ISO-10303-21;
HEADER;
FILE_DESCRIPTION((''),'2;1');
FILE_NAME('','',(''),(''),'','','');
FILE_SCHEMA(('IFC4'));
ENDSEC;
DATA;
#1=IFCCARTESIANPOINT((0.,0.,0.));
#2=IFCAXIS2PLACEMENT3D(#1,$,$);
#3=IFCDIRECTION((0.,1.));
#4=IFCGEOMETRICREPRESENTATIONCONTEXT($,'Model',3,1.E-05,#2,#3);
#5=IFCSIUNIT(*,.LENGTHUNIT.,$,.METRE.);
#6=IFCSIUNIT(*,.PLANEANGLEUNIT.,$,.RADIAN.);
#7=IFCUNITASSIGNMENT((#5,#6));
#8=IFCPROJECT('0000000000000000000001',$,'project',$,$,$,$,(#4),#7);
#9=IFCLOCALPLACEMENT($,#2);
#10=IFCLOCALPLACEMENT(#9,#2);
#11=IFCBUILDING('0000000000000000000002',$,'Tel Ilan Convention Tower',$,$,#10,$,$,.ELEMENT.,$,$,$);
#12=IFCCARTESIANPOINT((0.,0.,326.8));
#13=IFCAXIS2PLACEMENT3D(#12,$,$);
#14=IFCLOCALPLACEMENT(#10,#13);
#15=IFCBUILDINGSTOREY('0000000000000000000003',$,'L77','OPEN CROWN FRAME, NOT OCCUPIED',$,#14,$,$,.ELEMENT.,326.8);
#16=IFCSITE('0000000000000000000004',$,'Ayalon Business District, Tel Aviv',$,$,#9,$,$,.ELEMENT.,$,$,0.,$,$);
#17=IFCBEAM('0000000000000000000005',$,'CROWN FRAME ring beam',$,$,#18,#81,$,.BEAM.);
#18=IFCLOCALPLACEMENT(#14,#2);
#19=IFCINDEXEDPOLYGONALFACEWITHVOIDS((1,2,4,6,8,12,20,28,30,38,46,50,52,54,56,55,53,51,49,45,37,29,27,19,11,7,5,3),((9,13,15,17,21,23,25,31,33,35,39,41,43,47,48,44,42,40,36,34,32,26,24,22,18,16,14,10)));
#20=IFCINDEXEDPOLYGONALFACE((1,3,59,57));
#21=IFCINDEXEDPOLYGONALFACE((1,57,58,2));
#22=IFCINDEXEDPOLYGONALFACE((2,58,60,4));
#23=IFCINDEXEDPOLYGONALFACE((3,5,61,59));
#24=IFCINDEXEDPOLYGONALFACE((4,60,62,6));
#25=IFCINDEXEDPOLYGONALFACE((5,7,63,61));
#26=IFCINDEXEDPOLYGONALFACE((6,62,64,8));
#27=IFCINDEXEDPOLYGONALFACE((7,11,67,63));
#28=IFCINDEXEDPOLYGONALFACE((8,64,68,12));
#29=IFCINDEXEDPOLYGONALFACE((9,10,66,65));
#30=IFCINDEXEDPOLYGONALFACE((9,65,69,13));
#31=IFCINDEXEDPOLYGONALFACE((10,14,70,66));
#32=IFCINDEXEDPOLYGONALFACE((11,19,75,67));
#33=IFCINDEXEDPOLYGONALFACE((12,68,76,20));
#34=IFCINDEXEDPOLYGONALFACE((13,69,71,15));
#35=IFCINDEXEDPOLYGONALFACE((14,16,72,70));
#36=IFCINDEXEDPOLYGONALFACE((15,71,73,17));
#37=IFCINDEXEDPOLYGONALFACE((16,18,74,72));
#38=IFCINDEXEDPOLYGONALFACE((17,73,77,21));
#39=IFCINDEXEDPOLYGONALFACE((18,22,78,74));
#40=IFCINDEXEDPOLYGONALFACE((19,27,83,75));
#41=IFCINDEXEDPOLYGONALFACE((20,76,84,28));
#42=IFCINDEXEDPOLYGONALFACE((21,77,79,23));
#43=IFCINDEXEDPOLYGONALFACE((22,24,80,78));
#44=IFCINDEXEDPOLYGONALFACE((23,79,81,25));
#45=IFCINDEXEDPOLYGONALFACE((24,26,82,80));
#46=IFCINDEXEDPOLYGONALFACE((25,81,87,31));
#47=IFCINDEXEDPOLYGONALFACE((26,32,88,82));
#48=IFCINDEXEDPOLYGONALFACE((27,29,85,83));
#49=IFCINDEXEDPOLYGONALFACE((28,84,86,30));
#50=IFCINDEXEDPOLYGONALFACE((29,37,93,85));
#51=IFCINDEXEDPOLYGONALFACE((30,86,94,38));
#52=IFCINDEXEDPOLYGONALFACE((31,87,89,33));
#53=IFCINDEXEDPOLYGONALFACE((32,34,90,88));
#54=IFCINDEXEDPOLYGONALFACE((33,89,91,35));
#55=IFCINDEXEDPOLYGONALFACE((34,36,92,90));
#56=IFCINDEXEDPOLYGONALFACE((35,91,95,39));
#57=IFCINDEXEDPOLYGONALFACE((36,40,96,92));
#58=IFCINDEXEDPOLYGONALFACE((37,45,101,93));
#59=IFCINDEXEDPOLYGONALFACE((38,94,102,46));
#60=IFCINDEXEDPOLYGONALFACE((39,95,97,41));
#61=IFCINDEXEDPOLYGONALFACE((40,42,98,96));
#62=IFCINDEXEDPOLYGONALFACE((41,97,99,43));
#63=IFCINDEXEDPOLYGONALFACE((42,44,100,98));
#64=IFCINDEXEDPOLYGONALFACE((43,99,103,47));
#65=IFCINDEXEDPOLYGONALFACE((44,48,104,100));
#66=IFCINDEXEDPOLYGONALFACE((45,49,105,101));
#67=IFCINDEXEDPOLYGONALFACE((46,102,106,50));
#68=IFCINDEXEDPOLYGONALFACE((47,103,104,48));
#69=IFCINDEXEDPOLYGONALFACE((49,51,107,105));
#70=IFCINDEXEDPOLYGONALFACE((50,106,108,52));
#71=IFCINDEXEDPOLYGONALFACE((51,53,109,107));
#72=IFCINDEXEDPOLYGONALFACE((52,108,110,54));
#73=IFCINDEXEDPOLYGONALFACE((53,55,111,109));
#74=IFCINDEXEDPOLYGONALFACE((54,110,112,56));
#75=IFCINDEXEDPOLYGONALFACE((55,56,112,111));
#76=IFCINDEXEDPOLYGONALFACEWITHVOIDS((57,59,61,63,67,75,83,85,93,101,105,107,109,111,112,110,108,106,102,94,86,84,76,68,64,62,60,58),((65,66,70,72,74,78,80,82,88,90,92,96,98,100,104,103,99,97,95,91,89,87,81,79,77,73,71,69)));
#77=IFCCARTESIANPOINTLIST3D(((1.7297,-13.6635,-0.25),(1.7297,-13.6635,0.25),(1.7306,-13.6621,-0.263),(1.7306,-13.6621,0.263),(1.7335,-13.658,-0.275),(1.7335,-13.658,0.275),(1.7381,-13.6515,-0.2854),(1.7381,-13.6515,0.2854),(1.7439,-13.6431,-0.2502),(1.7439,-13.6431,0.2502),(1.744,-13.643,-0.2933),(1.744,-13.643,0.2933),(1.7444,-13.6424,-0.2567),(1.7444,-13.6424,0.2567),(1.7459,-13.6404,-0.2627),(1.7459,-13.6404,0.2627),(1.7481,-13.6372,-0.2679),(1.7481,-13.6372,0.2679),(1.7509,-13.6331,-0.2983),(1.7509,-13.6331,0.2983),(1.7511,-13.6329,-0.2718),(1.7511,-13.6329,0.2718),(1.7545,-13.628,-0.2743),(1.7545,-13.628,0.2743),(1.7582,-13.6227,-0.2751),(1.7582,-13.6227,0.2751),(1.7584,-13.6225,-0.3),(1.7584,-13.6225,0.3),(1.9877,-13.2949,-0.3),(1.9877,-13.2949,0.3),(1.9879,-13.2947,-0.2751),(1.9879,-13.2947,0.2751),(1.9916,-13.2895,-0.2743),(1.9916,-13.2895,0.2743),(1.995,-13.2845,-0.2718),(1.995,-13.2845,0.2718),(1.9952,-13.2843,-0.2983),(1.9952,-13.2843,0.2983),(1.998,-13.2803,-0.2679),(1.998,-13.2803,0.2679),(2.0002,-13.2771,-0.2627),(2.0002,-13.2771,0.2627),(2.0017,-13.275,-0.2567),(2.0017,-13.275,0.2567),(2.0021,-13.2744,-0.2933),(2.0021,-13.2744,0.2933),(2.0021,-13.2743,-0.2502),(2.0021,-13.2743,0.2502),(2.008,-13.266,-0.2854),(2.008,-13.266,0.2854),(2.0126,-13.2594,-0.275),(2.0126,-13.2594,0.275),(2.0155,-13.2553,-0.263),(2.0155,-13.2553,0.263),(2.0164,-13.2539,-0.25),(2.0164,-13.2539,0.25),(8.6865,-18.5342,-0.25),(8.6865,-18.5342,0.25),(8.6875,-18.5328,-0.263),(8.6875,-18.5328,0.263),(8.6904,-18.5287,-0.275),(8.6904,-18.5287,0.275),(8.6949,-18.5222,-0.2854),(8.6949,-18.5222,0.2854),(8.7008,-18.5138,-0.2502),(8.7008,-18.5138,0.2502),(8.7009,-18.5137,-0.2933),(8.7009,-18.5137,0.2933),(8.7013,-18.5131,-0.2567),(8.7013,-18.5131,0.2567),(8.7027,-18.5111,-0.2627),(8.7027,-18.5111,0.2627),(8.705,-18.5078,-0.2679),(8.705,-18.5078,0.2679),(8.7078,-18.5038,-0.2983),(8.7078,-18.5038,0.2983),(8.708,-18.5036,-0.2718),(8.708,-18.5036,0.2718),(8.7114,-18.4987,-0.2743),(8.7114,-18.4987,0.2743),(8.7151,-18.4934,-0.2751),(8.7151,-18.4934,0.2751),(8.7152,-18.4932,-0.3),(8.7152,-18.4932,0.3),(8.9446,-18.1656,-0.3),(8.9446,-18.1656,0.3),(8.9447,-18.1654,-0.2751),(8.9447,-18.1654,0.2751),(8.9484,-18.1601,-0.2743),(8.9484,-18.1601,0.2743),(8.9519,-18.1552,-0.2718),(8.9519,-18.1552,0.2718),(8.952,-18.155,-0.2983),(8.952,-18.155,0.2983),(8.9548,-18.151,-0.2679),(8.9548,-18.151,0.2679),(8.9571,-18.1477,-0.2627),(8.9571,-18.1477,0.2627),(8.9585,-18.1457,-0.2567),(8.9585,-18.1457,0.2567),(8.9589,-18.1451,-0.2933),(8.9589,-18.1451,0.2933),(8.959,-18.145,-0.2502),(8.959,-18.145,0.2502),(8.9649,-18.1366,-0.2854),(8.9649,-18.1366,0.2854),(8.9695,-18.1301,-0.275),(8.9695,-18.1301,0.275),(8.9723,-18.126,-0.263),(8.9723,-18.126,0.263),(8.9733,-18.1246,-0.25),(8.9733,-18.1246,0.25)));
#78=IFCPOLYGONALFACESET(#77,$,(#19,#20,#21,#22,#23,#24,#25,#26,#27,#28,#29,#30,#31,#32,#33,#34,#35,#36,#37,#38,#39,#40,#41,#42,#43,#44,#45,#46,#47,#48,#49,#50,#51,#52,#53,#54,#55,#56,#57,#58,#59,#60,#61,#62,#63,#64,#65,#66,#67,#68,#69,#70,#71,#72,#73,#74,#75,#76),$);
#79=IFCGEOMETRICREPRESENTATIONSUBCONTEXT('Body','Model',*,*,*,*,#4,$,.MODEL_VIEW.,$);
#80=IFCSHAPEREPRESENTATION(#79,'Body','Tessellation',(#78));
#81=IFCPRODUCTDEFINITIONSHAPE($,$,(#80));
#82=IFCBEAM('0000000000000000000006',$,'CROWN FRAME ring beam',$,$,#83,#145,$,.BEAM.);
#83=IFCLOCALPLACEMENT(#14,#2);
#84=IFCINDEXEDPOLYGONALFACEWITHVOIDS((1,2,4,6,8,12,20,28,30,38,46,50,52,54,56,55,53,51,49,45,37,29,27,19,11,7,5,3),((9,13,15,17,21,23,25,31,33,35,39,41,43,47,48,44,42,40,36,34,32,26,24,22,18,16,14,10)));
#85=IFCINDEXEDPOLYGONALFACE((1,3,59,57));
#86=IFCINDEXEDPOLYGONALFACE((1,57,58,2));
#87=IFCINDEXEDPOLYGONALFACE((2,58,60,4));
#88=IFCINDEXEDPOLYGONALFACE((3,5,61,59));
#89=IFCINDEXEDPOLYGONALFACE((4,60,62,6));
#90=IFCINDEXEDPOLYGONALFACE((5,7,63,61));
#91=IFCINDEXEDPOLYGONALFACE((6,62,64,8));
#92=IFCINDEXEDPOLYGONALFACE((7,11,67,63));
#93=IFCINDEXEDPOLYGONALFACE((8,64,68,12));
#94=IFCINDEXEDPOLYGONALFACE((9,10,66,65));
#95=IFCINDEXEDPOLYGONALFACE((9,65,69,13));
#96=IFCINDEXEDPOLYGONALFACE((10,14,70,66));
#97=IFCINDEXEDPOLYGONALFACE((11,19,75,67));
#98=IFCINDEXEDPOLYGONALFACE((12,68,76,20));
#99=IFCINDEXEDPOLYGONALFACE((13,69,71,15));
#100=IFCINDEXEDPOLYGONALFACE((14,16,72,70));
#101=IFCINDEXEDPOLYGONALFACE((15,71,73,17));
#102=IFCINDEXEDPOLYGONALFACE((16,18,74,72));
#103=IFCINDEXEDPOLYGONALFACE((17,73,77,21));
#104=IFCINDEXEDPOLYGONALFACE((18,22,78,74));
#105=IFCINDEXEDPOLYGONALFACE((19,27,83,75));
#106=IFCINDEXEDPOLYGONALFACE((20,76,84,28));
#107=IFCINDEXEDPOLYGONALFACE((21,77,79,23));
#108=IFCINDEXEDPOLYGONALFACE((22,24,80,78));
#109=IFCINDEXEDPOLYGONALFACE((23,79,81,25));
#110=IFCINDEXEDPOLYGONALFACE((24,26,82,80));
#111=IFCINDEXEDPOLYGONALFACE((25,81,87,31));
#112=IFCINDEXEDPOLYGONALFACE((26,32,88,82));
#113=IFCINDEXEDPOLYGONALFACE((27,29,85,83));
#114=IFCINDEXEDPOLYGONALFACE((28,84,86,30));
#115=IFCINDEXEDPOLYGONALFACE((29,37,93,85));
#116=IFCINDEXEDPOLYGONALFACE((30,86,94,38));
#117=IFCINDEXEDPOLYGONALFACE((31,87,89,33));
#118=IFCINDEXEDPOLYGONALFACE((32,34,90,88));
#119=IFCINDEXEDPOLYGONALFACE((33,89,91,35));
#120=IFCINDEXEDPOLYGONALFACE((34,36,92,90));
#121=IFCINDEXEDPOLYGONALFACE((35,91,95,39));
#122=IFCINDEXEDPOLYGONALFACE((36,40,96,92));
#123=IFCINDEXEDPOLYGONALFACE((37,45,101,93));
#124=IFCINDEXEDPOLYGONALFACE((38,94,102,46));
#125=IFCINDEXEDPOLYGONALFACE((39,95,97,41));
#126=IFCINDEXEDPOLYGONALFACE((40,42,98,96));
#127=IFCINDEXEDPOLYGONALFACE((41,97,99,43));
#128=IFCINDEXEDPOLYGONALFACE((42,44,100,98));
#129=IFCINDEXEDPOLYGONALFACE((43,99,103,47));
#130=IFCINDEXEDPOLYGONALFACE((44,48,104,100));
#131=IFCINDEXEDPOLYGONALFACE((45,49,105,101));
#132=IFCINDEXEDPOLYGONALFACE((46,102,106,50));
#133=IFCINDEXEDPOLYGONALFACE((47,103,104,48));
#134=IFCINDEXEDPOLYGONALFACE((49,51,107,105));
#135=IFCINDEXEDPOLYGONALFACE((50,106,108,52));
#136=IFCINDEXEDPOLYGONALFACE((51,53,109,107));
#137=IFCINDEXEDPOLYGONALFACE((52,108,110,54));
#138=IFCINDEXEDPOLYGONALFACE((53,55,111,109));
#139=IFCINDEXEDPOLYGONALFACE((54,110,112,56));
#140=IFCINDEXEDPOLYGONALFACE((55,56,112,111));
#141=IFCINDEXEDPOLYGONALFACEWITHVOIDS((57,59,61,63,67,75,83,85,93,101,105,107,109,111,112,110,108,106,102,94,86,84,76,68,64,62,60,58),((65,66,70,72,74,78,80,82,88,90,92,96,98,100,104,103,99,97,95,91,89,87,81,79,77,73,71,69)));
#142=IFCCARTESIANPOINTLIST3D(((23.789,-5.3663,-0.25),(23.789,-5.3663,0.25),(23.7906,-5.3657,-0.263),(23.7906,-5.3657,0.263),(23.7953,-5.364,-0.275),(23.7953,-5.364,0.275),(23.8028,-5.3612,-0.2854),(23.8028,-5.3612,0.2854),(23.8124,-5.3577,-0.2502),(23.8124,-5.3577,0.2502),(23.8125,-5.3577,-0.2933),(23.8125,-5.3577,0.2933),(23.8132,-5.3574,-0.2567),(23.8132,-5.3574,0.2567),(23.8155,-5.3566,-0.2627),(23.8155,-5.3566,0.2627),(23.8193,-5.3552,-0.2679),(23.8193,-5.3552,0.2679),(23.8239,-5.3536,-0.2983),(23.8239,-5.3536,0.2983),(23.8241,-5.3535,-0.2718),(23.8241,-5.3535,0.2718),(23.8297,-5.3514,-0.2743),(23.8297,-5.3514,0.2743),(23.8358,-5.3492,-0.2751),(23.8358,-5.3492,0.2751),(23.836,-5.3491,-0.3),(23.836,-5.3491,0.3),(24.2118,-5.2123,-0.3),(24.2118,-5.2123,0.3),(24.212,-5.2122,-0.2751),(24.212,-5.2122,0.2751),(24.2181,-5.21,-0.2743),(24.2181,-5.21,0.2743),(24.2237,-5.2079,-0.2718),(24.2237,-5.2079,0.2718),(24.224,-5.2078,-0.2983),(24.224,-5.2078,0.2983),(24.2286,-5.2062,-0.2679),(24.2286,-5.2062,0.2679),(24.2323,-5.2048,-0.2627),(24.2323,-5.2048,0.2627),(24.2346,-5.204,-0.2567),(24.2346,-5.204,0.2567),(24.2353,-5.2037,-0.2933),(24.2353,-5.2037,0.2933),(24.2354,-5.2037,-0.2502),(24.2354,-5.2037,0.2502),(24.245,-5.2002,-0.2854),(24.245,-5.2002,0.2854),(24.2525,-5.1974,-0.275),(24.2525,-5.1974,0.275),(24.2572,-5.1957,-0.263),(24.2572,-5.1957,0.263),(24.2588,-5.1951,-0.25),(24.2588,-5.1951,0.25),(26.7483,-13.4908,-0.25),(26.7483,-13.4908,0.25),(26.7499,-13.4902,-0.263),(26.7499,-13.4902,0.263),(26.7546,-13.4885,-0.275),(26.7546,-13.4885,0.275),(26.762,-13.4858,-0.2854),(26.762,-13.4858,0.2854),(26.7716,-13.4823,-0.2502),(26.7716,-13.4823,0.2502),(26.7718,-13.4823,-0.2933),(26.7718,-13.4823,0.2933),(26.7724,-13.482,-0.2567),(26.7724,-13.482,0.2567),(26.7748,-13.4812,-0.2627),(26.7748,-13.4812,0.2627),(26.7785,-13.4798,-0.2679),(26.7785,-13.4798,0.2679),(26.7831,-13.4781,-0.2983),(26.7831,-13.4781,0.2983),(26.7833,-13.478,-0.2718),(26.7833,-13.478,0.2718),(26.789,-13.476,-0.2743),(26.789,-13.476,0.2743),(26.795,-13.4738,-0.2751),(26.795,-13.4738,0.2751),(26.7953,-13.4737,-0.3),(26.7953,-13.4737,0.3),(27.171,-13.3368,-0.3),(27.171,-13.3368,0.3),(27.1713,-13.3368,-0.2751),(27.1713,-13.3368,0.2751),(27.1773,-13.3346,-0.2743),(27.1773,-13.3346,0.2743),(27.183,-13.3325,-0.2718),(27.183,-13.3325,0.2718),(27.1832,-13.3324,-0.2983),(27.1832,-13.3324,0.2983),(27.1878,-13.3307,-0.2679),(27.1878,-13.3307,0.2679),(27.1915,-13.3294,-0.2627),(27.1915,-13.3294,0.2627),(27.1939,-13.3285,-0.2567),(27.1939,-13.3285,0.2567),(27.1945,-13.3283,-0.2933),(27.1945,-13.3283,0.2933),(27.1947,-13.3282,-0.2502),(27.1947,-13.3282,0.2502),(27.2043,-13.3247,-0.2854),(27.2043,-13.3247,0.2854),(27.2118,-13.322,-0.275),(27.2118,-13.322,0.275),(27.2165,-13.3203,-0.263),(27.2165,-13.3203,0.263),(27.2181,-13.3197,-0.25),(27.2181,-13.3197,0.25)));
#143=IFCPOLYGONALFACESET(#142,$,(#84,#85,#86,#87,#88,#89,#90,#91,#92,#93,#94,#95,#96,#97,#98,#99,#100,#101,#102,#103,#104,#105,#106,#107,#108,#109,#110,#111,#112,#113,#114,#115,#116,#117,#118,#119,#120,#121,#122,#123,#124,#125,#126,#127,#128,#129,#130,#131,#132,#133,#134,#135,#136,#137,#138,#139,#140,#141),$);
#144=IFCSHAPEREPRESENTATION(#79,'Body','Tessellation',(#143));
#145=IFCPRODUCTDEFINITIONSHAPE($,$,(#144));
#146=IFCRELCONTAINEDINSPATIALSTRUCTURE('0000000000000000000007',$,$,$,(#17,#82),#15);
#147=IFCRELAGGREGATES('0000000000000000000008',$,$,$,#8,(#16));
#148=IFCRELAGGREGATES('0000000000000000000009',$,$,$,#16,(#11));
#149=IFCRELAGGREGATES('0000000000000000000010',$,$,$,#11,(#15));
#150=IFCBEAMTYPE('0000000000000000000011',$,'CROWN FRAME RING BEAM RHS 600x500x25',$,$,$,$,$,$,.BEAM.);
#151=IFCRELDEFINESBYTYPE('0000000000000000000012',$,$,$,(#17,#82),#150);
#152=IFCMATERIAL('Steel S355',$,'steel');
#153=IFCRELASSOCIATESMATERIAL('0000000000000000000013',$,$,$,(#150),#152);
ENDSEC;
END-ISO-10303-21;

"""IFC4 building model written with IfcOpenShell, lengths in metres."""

from ifc_helpers import new_model, si_unit, direction, frame, origin, origin_2d, place, context, subcontext, project, spatial, hollow_rectangle, extrude, material, material_profile, profile_set, type_object, element, save


model = new_model("IFC4")

# Units and contexts
model_context = context("Model", 3, precision=1e-05, world=origin(), true_north=direction((0.0, 1.0)))
body_context = subcontext(model_context, "Body", "Model", "MODEL_VIEW")
ifc_project = project(units=[si_unit("LENGTHUNIT", "METRE"), si_unit("PLANEANGLEUNIT", "RADIAN")], contexts=[model_context])

# Site, building, storey
site_placement = place(None, origin())
site = spatial("IfcSite", under=ifc_project, at=site_placement, Name="Ayalon Business District, Tel Aviv", CompositionType="ELEMENT", RefElevation=0.0)
building_placement = place(site_placement, origin())
building = spatial("IfcBuilding", under=site, at=building_placement, Name="Tel Ilan Convention Tower", CompositionType="ELEMENT")
storey_placement = place(building_placement, frame((0.0, 0.0, 326.8)))
storey = spatial("IfcBuildingStorey", under=building, at=storey_placement, Name="L77", Description="OPEN CROWN FRAME, NOT OCCUPIED", CompositionType="ELEMENT", Elevation=326.8)

# Beams
ifc_material_1 = material(Name="Steel S355", Category="steel")
ifc_material_profile_1 = material_profile(ifc_material_1, hollow_rectangle(XDim=0.5, YDim=0.6001, WallThickness=0.0249, InnerFilletRadius=0.0249, OuterFilletRadius=0.05, at=origin_2d()), Name="RHS 600x500x25")
ifc_profile_set_1 = profile_set([ifc_material_profile_1], Name="Steel S355")
beam_type = type_object("IfcBeamType", Name="CROWN FRAME RING BEAM RHS 600x500x25", PredefinedType="BEAM", material=ifc_profile_set_1)
beam_1_placement = place(storey_placement, frame((1.873, -13.4587, 0.0), z_axis=(0.819185, -0.57353, 0.0), x_axis=(0.57353, 0.819185, 0.0)))
element("IfcBeam", 1, at=beam_1_placement, inside=storey, type_object=beam_type, Name="CROWN FRAME ring beam", PredefinedType="BEAM", context=body_context, shape_type="SweptSolid", body=[
    extrude(hollow_rectangle(XDim=0.5, YDim=0.6001, WallThickness=0.0249, InnerFilletRadius=0.0249, OuterFilletRadius=0.05, at=origin_2d()), origin(), (0.0, 0.0, 1.0), 8.4924),
])
beam_2_placement = place(storey_placement, frame((26.9832, -13.4053, 0.0), z_axis=(-0.34224, 0.939613, 0.0), x_axis=(-0.939613, -0.34224, 0.0)))
element("IfcBeam", 2, at=beam_2_placement, inside=storey, type_object=beam_type, Name="CROWN FRAME ring beam", PredefinedType="BEAM", context=body_context, shape_type="SweptSolid", body=[
    extrude(hollow_rectangle(XDim=0.5, YDim=0.6001, WallThickness=0.0249, InnerFilletRadius=0.0249, OuterFilletRadius=0.05, at=origin_2d()), origin(), (0.0, 0.0, 1.0), 8.6467),
])

save(model, "model.ifc")
